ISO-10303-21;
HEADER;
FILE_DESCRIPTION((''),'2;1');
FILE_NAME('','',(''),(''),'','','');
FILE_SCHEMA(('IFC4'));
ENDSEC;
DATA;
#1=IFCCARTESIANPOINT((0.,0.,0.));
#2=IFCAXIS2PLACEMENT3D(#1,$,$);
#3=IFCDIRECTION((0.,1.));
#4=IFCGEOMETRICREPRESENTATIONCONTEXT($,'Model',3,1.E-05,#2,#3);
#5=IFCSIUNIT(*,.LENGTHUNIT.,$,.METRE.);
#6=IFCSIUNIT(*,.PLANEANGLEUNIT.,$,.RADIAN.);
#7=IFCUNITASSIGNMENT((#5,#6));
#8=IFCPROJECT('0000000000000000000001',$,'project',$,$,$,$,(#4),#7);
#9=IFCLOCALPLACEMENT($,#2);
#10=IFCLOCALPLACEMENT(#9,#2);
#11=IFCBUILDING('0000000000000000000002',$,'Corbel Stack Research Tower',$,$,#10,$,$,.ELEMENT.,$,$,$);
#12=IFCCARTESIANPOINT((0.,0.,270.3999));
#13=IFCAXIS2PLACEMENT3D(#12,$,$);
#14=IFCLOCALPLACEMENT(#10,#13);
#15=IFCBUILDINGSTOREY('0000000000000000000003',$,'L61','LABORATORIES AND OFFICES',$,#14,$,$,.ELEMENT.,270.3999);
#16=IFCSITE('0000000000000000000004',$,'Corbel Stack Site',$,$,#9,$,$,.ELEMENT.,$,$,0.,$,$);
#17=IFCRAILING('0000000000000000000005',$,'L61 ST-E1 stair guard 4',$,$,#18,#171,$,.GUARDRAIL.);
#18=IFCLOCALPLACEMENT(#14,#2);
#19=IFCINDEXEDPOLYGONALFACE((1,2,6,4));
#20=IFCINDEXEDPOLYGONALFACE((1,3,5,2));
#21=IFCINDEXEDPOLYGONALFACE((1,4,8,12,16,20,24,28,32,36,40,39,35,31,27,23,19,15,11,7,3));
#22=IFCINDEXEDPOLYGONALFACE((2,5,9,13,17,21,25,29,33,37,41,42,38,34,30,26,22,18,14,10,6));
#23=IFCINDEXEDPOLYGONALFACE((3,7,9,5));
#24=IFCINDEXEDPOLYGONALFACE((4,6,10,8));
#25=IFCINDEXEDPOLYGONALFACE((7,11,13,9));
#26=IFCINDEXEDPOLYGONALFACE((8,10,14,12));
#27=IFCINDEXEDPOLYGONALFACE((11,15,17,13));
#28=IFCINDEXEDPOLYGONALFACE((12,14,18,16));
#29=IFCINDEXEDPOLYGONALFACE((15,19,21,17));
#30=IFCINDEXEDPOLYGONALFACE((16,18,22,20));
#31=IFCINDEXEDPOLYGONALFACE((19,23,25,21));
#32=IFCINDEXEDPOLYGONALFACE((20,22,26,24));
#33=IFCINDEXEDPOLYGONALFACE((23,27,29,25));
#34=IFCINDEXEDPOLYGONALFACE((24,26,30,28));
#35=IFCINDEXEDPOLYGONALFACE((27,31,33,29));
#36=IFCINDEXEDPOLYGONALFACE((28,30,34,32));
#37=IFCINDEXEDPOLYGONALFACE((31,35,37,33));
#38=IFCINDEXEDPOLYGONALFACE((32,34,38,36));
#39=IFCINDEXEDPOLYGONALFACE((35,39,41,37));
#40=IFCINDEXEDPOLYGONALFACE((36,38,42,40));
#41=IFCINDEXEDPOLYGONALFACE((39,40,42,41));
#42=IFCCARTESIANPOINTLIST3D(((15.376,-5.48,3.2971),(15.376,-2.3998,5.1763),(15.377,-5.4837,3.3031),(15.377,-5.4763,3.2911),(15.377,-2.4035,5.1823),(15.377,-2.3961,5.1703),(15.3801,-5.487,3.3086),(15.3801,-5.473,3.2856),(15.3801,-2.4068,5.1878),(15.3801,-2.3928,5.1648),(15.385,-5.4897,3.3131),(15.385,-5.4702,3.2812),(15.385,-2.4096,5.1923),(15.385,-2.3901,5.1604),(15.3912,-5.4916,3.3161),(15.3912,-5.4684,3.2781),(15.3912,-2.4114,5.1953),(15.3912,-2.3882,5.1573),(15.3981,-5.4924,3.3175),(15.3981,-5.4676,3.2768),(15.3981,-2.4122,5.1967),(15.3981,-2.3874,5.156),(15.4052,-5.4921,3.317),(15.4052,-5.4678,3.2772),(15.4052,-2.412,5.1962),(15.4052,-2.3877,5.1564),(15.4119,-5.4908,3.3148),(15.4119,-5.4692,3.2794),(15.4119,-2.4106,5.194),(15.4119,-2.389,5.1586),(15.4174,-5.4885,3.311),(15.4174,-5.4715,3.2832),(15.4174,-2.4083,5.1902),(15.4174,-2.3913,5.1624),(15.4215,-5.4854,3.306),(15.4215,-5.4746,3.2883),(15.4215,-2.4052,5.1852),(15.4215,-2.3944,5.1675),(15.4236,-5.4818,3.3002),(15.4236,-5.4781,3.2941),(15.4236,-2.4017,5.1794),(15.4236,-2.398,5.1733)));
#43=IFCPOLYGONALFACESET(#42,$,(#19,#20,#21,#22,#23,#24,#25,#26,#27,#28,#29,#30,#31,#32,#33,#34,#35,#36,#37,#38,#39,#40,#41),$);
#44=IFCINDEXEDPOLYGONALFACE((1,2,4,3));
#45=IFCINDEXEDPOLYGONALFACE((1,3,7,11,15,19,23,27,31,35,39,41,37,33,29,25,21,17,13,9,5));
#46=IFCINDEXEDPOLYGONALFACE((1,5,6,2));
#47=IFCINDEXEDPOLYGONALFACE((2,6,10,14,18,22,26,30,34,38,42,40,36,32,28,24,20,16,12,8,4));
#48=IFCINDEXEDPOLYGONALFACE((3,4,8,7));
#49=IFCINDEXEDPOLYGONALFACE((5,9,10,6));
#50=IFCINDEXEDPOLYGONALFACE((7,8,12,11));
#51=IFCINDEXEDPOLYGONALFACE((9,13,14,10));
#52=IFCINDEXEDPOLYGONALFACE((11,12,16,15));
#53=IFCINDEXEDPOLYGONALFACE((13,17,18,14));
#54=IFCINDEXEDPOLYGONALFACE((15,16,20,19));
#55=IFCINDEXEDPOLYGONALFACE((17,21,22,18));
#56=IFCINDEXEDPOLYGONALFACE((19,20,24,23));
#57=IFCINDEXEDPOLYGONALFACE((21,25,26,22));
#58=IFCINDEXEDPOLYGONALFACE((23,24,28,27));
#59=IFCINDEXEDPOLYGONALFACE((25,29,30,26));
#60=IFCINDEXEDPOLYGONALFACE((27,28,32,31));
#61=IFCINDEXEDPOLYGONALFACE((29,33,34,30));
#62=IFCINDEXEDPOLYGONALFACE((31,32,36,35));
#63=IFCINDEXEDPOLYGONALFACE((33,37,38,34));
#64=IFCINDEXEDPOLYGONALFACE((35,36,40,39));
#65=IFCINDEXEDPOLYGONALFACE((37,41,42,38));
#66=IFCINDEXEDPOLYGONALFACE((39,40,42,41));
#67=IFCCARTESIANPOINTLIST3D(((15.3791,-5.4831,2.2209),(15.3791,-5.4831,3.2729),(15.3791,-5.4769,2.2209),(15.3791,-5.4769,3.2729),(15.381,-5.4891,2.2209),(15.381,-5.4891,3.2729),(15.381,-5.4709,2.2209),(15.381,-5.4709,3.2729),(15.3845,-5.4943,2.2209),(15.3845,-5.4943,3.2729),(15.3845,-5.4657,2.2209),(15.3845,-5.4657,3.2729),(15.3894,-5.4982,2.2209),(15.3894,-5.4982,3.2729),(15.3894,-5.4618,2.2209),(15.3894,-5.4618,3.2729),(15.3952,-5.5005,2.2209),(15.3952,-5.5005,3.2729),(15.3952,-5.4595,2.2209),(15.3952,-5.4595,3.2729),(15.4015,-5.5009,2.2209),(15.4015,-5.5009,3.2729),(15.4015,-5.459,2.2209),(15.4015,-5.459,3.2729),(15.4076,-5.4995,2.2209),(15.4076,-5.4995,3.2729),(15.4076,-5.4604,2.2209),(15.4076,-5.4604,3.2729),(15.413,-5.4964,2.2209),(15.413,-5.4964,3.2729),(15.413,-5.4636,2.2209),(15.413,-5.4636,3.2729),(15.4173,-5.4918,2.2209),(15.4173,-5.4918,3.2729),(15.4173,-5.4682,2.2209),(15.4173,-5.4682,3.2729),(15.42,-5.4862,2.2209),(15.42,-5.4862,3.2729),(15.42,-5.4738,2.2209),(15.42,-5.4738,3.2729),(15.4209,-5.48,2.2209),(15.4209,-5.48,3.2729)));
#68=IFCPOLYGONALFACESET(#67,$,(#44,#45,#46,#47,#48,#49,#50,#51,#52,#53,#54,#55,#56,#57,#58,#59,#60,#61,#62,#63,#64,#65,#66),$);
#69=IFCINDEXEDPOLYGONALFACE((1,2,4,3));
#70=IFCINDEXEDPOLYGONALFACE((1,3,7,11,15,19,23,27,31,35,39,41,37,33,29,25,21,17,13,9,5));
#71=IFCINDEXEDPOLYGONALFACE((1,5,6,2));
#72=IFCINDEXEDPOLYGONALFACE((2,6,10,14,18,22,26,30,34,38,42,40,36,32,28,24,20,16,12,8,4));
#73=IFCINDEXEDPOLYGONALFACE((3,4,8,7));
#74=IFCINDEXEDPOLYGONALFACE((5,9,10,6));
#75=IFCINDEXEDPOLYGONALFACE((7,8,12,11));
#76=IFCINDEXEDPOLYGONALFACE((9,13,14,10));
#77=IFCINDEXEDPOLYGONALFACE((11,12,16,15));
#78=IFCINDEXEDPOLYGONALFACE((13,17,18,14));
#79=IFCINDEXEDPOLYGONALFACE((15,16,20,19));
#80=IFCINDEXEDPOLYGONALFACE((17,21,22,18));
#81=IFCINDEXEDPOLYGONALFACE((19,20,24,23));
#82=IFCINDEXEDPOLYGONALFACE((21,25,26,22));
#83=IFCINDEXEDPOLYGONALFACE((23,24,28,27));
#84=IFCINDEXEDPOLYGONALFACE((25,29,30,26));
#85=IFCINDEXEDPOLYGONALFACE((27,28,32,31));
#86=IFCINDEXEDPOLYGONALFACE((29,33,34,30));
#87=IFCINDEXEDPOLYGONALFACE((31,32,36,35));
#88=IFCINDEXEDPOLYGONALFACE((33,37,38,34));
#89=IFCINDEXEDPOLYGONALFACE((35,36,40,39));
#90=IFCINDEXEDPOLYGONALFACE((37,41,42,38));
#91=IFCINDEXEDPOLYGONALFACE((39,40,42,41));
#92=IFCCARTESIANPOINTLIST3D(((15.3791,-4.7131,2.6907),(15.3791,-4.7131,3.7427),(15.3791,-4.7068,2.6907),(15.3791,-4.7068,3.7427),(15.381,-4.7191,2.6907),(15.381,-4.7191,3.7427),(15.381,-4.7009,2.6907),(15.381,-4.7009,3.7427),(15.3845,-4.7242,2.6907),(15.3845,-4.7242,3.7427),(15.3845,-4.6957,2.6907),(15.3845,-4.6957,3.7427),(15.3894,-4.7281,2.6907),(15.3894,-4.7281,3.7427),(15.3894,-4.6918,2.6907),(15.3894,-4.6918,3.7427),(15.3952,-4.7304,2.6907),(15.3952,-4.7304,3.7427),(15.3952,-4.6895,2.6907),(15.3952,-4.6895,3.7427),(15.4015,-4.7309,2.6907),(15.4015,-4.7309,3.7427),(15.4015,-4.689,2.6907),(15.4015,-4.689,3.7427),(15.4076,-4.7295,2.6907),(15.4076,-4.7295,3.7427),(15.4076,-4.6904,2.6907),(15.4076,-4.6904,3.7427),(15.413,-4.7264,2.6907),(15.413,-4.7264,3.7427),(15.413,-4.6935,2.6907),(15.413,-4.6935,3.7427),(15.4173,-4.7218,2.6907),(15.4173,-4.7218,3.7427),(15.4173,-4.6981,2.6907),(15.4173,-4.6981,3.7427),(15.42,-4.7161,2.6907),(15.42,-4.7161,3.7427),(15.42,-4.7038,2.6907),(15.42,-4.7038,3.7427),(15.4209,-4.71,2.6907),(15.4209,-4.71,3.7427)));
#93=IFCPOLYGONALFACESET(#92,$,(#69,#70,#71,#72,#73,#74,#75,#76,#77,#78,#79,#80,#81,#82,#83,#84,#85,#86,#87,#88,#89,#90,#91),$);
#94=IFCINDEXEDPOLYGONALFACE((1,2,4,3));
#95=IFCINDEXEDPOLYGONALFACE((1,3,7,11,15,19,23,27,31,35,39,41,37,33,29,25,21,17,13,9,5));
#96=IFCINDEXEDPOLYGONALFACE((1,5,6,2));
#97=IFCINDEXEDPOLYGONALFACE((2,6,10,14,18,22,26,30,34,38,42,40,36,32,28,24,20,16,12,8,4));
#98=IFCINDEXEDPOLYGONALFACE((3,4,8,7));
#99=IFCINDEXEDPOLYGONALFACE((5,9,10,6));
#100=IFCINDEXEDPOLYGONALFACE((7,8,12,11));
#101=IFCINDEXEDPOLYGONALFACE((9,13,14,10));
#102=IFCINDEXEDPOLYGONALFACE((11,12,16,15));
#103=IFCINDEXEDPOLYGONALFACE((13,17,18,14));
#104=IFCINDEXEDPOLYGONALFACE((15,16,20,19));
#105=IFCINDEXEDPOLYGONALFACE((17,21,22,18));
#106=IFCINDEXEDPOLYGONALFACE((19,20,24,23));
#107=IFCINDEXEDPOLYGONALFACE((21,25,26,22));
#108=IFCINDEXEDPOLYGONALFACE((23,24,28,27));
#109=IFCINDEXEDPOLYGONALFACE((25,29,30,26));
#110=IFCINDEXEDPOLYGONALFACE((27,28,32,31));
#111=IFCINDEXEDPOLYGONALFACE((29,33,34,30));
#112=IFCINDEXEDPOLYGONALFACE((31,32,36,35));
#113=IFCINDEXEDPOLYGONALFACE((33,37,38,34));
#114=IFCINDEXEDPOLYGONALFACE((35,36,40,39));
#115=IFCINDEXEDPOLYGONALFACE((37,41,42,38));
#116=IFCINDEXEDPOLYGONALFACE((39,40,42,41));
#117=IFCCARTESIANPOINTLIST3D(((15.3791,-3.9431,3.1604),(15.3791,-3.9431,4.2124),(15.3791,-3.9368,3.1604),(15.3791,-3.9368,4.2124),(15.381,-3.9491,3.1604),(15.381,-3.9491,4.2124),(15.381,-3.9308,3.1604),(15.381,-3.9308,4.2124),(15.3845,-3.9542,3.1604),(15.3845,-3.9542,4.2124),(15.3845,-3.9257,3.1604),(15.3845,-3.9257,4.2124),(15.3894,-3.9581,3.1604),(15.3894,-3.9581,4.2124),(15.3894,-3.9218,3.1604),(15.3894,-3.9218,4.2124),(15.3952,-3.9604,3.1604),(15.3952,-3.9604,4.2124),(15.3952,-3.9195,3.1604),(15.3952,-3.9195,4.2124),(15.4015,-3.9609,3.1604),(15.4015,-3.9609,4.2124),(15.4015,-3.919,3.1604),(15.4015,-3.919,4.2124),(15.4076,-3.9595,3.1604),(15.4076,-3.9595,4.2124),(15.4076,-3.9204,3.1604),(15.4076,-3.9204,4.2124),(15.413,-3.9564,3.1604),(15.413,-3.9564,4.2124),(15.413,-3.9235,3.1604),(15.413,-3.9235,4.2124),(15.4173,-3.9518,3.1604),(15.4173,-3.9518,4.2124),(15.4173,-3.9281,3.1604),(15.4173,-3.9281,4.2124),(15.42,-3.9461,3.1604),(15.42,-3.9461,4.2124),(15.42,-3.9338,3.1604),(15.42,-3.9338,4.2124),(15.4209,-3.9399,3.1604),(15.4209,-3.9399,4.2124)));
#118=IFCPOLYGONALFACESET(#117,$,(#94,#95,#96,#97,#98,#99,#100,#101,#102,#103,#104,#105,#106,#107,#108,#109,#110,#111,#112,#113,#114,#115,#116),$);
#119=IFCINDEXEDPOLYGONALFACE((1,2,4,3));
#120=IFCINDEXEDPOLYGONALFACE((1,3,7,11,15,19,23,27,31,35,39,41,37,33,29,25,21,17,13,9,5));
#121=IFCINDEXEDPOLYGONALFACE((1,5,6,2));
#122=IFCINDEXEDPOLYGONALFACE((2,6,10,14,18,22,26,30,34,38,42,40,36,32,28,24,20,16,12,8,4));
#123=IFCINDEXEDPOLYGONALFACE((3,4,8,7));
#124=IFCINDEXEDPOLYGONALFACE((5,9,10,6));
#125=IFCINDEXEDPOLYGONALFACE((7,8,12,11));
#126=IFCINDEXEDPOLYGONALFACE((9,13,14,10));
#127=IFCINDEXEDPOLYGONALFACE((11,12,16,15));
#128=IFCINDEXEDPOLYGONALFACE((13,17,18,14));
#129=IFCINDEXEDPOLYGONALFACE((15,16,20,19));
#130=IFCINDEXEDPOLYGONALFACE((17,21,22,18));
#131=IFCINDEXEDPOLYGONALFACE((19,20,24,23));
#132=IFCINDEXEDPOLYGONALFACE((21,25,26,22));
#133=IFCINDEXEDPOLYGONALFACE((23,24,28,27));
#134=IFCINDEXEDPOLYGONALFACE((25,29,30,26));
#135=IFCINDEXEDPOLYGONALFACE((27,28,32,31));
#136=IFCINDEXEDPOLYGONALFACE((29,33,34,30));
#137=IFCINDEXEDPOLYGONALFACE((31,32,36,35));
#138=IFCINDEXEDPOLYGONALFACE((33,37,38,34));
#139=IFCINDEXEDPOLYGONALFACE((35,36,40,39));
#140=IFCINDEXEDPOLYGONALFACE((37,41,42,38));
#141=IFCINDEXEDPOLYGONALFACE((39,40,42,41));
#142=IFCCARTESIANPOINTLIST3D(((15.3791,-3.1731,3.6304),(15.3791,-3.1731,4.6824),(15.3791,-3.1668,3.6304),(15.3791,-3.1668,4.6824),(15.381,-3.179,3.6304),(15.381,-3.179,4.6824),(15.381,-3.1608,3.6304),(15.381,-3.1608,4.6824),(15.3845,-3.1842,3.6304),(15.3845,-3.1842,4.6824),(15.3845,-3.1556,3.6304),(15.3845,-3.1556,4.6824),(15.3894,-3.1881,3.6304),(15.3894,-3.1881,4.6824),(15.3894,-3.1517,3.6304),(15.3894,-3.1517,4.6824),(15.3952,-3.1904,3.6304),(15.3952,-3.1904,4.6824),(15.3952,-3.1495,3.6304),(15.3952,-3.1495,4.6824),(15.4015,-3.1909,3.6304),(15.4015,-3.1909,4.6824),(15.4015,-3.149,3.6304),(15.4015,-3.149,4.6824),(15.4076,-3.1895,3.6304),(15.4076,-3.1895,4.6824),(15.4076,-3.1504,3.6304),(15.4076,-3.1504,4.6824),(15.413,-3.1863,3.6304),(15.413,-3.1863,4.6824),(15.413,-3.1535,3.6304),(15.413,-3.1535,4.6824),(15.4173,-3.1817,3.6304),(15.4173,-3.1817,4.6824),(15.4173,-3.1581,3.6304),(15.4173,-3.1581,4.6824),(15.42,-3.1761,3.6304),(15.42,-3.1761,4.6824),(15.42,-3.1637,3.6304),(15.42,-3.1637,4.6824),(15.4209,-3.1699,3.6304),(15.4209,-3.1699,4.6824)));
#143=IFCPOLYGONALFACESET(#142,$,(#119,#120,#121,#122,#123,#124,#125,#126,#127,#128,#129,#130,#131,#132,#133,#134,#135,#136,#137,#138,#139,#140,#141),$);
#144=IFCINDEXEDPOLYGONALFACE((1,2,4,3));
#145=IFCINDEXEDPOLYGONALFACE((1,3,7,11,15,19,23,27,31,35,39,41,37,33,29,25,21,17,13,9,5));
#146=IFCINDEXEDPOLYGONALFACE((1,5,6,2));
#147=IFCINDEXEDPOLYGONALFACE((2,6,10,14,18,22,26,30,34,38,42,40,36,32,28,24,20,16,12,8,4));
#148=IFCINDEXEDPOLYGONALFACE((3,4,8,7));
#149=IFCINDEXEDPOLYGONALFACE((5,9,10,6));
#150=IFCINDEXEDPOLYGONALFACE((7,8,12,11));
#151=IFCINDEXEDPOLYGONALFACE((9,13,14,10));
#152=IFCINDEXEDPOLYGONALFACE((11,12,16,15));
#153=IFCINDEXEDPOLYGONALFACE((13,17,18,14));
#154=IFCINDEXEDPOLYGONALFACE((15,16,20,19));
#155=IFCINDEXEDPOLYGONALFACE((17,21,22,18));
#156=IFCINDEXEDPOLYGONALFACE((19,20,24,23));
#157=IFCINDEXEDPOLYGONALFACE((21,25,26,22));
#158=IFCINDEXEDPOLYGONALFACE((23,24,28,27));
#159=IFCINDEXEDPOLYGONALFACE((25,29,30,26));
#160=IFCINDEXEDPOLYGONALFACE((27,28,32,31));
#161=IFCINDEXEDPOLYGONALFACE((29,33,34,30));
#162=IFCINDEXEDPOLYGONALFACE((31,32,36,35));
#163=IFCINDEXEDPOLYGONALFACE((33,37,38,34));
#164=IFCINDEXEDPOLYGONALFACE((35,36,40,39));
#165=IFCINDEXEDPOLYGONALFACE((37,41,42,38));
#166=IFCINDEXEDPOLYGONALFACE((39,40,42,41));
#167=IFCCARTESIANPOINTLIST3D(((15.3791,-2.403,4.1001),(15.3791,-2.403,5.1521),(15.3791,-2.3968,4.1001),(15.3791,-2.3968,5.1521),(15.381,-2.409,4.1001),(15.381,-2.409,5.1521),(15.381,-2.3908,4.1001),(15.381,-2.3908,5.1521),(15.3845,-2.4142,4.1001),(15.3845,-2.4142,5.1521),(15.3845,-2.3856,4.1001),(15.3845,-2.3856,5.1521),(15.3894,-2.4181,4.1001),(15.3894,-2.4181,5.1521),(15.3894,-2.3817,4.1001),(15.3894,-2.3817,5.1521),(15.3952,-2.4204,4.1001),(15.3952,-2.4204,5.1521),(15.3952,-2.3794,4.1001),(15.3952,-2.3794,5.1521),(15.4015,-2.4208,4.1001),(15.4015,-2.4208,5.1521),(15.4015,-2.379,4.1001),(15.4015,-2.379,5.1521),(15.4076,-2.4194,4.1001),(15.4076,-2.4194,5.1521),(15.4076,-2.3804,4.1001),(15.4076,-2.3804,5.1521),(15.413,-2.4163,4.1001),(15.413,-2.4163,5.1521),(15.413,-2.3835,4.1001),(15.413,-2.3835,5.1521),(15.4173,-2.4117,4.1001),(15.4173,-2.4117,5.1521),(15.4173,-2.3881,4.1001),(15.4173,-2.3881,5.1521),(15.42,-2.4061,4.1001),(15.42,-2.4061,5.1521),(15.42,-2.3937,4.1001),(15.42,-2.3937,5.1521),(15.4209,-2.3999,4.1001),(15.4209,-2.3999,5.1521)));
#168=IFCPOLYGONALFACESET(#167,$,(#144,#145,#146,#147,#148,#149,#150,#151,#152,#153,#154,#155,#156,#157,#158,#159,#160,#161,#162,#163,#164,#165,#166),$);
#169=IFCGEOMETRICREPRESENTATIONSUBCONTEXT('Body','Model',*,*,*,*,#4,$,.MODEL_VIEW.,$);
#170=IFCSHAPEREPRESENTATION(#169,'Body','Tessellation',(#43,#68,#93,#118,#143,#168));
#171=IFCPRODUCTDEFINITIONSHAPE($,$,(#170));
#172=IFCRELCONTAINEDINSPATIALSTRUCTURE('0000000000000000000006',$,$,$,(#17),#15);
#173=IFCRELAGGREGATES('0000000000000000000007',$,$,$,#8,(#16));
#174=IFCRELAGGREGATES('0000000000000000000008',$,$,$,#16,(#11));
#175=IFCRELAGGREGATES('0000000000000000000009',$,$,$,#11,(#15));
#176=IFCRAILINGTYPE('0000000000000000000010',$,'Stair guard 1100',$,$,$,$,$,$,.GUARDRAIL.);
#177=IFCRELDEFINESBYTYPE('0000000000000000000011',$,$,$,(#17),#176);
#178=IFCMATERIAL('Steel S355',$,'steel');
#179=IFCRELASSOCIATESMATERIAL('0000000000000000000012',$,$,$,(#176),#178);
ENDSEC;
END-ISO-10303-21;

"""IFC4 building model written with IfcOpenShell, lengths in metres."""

from ifc_helpers import new_model, si_unit, direction, frame, origin, origin_2d, place, context, subcontext, project, spatial, circle, extrude, material, type_object, element, save


model = new_model("IFC4")

# Units and contexts
model_context = context("Model", 3, precision=1e-05, world=origin(), true_north=direction((0.0, 1.0)))
body_context = subcontext(model_context, "Body", "Model", "MODEL_VIEW")
ifc_project = project(units=[si_unit("LENGTHUNIT", "METRE"), si_unit("PLANEANGLEUNIT", "RADIAN")], contexts=[model_context])

# Site, building, storey
site_placement = place(None, origin())
site = spatial("IfcSite", under=ifc_project, at=site_placement, Name="Corbel Stack Site", CompositionType="ELEMENT", RefElevation=0.0)
building_placement = place(site_placement, origin())
building = spatial("IfcBuilding", under=site, at=building_placement, Name="Corbel Stack Research Tower", CompositionType="ELEMENT")
storey_placement = place(building_placement, frame((0.0, 0.0, 270.3999)))
storey = spatial("IfcBuildingStorey", under=building, at=storey_placement, Name="L61", Description="LABORATORIES AND OFFICES", CompositionType="ELEMENT", Elevation=270.3999)

# Railing
ifc_material_1 = material(Name="Steel S355", Category="steel")
railing_type_1 = type_object("IfcRailingType", Name="Stair guard 1100", PredefinedType="GUARDRAIL", material=ifc_material_1)
railing_1_placement = place(storey_placement, frame((15.3999, -5.48, 2.2209)))
element("IfcRailing", 1, at=railing_1_placement, inside=storey, type_object=railing_type_1, Name="L61 ST-E1 stair guard 4", PredefinedType="GUARDRAIL", context=body_context, shape_type="SweptSolid", body=[
    extrude(circle(Radius=0.0239, at=origin_2d()), frame((0.0, 0.0, 1.0762), z_axis=(0.0, 0.853666, 0.52082), x_axis=(-1.0, 0.0, 0.0)), (0.0, 0.0, 1.0), 3.6082),
    extrude(circle(Radius=0.021, at=origin_2d()), origin(), (0.0, 0.0, 1.0), 1.052),
    extrude(circle(Radius=0.021, at=origin_2d()), frame((0.0, 0.77, 0.4697)), (0.0, 0.0, 1.0), 1.052),
    extrude(circle(Radius=0.021, at=origin_2d()), frame((0.0, 1.54, 0.9395)), (0.0, 0.0, 1.0), 1.052),
    extrude(circle(Radius=0.021, at=origin_2d()), frame((0.0, 2.3101, 1.4094)), (0.0, 0.0, 1.0), 1.052),
    extrude(circle(Radius=0.021, at=origin_2d()), frame((0.0, 3.0801, 1.8792)), (0.0, 0.0, 1.0), 1.052),
])

save(model, "model.ifc")
